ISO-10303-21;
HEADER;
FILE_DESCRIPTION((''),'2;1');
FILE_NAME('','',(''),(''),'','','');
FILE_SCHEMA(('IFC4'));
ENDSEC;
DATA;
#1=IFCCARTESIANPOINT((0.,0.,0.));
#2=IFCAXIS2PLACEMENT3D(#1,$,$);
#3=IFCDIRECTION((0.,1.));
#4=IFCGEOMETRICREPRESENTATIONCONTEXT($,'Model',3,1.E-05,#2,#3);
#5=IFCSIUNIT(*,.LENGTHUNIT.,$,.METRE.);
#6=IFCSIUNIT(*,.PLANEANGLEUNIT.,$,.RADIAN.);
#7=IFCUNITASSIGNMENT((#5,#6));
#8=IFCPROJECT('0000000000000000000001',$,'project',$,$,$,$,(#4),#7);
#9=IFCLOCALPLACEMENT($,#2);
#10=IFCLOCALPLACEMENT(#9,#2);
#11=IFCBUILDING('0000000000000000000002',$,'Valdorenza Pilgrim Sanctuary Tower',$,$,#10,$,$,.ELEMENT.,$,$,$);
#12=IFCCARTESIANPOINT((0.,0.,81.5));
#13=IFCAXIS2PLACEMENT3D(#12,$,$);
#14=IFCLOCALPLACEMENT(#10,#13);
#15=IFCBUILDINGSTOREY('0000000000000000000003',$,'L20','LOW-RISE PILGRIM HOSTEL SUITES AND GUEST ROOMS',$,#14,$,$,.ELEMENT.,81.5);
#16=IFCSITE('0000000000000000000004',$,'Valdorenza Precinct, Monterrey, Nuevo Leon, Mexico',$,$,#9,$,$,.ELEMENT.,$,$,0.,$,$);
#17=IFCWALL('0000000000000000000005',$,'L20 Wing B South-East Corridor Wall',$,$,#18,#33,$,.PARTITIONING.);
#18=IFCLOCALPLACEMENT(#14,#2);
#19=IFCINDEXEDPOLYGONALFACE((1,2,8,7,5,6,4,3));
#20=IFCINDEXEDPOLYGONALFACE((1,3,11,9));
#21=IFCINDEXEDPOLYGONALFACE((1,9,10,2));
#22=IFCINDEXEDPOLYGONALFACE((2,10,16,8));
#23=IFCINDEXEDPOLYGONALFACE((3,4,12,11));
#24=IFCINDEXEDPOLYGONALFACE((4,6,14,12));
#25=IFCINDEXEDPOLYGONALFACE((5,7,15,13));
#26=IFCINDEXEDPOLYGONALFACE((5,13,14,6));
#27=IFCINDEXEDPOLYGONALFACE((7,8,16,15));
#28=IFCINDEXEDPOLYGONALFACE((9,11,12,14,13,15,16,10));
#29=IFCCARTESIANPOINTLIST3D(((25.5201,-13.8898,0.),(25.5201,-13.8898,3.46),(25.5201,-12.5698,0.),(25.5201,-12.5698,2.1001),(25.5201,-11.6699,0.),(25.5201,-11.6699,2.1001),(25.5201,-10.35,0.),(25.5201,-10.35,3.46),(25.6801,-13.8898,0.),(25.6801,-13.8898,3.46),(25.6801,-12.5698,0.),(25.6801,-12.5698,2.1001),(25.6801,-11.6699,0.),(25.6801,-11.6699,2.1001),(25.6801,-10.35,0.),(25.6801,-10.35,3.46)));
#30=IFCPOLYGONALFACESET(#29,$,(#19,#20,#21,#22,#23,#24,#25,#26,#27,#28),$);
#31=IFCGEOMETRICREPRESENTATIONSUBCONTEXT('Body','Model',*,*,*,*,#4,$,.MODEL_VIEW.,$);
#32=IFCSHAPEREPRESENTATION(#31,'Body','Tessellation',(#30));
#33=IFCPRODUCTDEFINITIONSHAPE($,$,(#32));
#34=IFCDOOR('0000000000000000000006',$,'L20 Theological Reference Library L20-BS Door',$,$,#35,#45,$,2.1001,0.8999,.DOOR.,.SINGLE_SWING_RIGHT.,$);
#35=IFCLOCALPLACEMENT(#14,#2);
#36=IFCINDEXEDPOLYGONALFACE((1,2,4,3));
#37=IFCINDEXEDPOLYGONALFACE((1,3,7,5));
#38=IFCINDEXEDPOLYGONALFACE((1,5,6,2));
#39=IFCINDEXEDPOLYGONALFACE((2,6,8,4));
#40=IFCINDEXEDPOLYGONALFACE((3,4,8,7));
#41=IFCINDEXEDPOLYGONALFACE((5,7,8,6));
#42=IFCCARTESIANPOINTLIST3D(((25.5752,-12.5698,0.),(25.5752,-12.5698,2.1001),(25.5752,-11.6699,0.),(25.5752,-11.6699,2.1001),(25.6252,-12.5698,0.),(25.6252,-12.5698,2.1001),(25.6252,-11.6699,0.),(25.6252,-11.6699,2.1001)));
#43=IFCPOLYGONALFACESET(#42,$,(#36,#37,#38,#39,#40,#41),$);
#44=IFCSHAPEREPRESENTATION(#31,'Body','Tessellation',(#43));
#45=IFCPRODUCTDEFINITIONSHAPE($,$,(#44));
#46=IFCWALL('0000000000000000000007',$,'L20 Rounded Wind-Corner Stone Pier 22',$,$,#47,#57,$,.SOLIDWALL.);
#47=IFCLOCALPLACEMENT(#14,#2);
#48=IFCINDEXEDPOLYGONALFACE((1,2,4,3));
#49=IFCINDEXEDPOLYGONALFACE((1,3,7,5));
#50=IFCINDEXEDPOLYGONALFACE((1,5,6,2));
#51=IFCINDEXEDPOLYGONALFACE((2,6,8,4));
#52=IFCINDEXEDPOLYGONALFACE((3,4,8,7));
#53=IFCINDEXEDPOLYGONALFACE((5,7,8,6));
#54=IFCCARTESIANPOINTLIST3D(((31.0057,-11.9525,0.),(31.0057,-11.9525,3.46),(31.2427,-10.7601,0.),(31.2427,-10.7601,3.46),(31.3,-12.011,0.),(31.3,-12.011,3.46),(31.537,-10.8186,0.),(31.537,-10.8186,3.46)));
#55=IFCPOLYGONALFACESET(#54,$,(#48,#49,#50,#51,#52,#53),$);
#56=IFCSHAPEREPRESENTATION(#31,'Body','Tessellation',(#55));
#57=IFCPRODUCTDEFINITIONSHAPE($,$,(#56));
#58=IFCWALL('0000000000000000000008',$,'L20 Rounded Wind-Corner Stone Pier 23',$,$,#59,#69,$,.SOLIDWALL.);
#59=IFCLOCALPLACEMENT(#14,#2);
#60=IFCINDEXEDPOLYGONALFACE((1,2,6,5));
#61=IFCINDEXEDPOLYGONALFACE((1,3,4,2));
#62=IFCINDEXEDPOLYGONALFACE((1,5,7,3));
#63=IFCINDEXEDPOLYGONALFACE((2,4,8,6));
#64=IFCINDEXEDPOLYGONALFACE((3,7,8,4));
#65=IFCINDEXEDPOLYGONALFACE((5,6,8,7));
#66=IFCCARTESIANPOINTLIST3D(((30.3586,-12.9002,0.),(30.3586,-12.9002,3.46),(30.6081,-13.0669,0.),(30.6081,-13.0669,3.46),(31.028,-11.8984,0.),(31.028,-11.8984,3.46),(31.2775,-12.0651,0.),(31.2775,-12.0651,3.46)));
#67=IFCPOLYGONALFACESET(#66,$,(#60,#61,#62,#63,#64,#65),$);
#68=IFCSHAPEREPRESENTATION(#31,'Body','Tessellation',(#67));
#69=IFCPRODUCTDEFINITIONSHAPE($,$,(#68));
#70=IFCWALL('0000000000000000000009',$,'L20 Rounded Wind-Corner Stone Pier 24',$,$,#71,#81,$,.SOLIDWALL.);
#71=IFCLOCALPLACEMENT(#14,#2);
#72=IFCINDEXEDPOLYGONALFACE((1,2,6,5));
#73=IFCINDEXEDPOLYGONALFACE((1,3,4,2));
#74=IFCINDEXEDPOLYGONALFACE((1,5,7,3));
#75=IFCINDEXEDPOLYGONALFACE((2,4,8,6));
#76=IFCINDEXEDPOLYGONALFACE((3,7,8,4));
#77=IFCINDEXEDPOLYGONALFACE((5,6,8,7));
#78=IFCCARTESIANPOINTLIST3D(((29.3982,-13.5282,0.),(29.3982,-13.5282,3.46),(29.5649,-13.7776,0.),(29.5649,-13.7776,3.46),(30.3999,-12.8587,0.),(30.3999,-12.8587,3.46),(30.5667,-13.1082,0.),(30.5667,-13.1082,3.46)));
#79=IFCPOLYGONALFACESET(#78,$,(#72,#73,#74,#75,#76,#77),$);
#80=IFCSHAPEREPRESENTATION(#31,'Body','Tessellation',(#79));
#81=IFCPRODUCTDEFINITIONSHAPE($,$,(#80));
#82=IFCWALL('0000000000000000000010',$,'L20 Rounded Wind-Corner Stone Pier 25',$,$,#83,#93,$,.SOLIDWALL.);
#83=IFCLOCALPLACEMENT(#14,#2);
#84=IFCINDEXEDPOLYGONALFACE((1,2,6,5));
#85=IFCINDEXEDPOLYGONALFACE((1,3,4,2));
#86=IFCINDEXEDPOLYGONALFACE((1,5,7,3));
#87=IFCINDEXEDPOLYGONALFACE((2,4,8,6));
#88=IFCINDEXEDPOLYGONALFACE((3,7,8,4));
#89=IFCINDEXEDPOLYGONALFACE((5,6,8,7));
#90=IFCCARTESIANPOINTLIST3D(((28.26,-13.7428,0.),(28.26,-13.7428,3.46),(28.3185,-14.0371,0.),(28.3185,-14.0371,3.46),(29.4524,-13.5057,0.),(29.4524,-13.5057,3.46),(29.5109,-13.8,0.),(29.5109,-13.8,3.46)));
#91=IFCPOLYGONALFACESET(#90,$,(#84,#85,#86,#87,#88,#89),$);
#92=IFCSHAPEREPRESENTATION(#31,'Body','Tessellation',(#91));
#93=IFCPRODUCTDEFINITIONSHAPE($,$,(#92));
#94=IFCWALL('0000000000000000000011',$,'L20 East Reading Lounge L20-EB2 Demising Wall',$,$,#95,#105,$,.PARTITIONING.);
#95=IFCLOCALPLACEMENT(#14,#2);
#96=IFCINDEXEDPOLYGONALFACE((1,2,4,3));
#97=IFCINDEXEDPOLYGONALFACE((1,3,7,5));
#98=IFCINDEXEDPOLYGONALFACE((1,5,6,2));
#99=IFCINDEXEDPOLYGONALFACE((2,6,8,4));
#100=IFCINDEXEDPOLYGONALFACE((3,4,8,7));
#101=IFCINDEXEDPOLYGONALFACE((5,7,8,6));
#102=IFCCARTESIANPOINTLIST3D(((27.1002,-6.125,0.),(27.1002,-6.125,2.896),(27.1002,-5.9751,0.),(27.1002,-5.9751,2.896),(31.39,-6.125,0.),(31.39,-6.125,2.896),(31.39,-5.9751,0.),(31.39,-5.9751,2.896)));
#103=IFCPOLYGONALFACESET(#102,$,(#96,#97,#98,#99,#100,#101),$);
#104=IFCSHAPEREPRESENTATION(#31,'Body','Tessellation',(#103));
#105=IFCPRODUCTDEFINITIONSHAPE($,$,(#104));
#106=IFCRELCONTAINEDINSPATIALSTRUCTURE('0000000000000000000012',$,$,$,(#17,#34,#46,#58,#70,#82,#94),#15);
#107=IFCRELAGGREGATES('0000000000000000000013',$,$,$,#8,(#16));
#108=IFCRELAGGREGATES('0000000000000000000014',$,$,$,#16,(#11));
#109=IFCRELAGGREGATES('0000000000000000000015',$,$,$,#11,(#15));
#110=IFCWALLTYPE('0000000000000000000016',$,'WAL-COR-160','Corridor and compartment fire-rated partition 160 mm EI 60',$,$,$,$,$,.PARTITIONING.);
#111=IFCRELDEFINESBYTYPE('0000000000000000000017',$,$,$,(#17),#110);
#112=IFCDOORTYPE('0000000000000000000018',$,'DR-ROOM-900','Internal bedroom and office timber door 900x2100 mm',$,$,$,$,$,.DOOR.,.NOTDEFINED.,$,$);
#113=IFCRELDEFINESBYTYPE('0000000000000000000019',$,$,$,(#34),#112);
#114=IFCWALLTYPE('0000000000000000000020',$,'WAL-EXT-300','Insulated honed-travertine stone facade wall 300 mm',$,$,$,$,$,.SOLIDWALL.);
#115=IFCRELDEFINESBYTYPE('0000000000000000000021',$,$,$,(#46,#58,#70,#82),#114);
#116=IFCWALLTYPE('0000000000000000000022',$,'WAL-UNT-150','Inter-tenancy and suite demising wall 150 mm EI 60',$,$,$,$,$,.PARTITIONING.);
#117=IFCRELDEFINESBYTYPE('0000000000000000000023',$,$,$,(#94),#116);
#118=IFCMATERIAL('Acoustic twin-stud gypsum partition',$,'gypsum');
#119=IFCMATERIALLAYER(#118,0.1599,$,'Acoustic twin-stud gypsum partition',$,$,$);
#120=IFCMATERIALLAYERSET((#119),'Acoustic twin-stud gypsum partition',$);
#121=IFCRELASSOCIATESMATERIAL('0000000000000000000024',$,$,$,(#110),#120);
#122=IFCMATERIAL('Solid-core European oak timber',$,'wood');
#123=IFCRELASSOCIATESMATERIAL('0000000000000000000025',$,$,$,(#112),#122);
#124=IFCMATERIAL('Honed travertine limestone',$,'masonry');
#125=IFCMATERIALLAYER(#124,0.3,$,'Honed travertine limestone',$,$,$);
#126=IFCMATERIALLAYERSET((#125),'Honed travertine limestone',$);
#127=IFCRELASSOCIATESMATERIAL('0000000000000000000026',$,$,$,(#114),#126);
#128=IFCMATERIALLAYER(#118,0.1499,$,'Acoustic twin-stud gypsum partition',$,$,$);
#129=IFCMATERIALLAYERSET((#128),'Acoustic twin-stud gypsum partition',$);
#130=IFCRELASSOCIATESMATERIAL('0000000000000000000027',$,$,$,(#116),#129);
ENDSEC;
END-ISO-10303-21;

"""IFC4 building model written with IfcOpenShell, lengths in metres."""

from ifc_helpers import new_model, si_unit, direction, frame, frame_2d, origin, place, context, subcontext, project, spatial, rectangle, extrude, material, layer, layer_set, type_object, element, fill, save


model = new_model("IFC4")

# Units and contexts
model_context = context("Model", 3, precision=1e-05, world=origin(), true_north=direction((0.0, 1.0)))
body_context = subcontext(model_context, "Body", "Model", "MODEL_VIEW")
ifc_project = project(units=[si_unit("LENGTHUNIT", "METRE"), si_unit("PLANEANGLEUNIT", "RADIAN")], contexts=[model_context])

# Site, building, storey
site_placement = place(None, origin())
site = spatial("IfcSite", under=ifc_project, at=site_placement, Name="Valdorenza Precinct, Monterrey, Nuevo Leon, Mexico", CompositionType="ELEMENT", RefElevation=0.0)
building_placement = place(site_placement, origin())
building = spatial("IfcBuilding", under=site, at=building_placement, Name="Valdorenza Pilgrim Sanctuary Tower", CompositionType="ELEMENT")
storey_placement = place(building_placement, frame((0.0, 0.0, 81.5)))
storey = spatial("IfcBuildingStorey", under=building, at=storey_placement, Name="L20", Description="LOW-RISE PILGRIM HOSTEL SUITES AND GUEST ROOMS", CompositionType="ELEMENT", Elevation=81.5)

# Shared definitions
ifc_material_1 = material(Name="Honed travertine limestone", Category="masonry")

# Wall, opening, door
ifc_material_2 = material(Name="Acoustic twin-stud gypsum partition", Category="gypsum")
ifc_layer_1 = layer(ifc_material_2, 0.1599, Name="Acoustic twin-stud gypsum partition")
ifc_layer_set_1 = layer_set([ifc_layer_1], Name="Acoustic twin-stud gypsum partition")
wall_type_1 = type_object("IfcWallType", Name="WAL-COR-160", Description="Corridor and compartment fire-rated partition 160 mm EI 60", PredefinedType="PARTITIONING", material=ifc_layer_set_1)
wall_1_placement = place(storey_placement, frame((25.6001, -13.8899, 0.0), z_axis=(0.0, 0.0, 1.0), x_axis=(0.0, 1.0, 0.0)))
wall_1 = element("IfcWall", 1, at=wall_1_placement, inside=storey, type_object=wall_type_1, Name="L20 Wing B South-East Corridor Wall", PredefinedType="PARTITIONING", context=body_context, shape_type="SweptSolid", body=[
    extrude(rectangle(XDim=3.5398, YDim=0.1599, at=frame_2d((1.77, 0.0))), origin(), (0.0, 0.0, 1.0), 3.46),
])
opening_1_placement = place(wall_1_placement, frame((1.3201, 0.0, 0.0)))
opening_1 = element("IfcOpeningElement", 2, at=opening_1_placement, cuts=wall_1, PredefinedType="OPENING", context=body_context, shape_type="SweptSolid", body=[
    extrude(rectangle(XDim=0.8999, YDim=2.1001, at=frame_2d((0.45, 1.05))), frame((0.0, 0.0947, 0.0), z_axis=(0.0, -1.0, 0.0), x_axis=(1.0, 0.0, 0.0)), (0.0, 0.0, 1.0), 0.1897),
])
ifc_material_3 = material(Name="Solid-core European oak timber", Category="wood")
door_type_1 = type_object("IfcDoorType", Name="DR-ROOM-900", Description="Internal bedroom and office timber door 900x2100 mm", OperationType="NOTDEFINED", PredefinedType="DOOR", material=ifc_material_3)
door_1_placement = place(opening_1_placement, origin())
door_1 = element("IfcDoor", 3, at=door_1_placement, inside=storey, type_object=door_type_1, Name="L20 Theological Reference Library L20-BS Door", OperationType="SINGLE_SWING_RIGHT", OverallHeight=2.1001, OverallWidth=0.8999, PredefinedType="DOOR", context=body_context, shape_type="SweptSolid", body=[
    extrude(rectangle(XDim=0.8999, YDim=2.1001, at=frame_2d((0.45, 1.05))), frame((0.0, 0.0249, 0.0), z_axis=(0.0, -1.0, 0.0), x_axis=(1.0, 0.0, 0.0)), (0.0, 0.0, 1.0), 0.05),
])
fill(opening_1, door_1)

# Walls
ifc_layer_2 = layer(ifc_material_1, 0.3, Name="Honed travertine limestone")
ifc_layer_set_2 = layer_set([ifc_layer_2], Name="Honed travertine limestone")
wall_type_2 = type_object("IfcWallType", Name="WAL-EXT-300", Description="Insulated honed-travertine stone facade wall 300 mm", PredefinedType="SOLIDWALL", material=ifc_layer_set_2)
wall_2_placement = place(storey_placement, frame((31.3899, -10.7893, 0.0), z_axis=(0.0, 0.0, 1.0), x_axis=(-0.194996, -0.980804, 0.0)))
element("IfcWall", 4, at=wall_2_placement, inside=storey, type_object=wall_type_2, Name="L20 Rounded Wind-Corner Stone Pier 22", PredefinedType="SOLIDWALL", context=body_context, shape_type="SweptSolid", body=[
    extrude(rectangle(XDim=1.2158, YDim=0.3, at=frame_2d((0.6079, 0.0))), origin(), (0.0, 0.0, 1.0), 3.46),
])
for number, where, z_axis, x_axis, name in (
    (5, (31.1528, -11.9817, 0.0), (0.0, 0.0, 1.0), (-0.555635, -0.831426, 0.0), "L20 Rounded Wind-Corner Stone Pier 23"),
    (6, (30.4834, -12.9834, 0.0), (0.0, 0.0, 1.0), (-0.831426, -0.555635, 0.0), "L20 Rounded Wind-Corner Stone Pier 24"),
):
    element("IfcWall", number, at=place(storey_placement, frame(where, z_axis=z_axis, x_axis=x_axis)), inside=storey, type_object=wall_type_2, Name=name, PredefinedType="SOLIDWALL", context=body_context, shape_type="SweptSolid", body=[
        extrude(rectangle(XDim=1.2048, YDim=0.3, at=frame_2d((0.6025, 0.0))), origin(), (0.0, 0.0, 1.0), 3.46),
    ])
wall_3_placement = place(storey_placement, frame((29.4817, -13.6528, 0.0), z_axis=(0.0, 0.0, 1.0), x_axis=(-0.980804, -0.194996, 0.0)))
element("IfcWall", 7, at=wall_3_placement, inside=storey, type_object=wall_type_2, Name="L20 Rounded Wind-Corner Stone Pier 25", PredefinedType="SOLIDWALL", context=body_context, shape_type="SweptSolid", body=[
    extrude(rectangle(XDim=1.2158, YDim=0.3, at=frame_2d((0.6079, 0.0))), origin(), (0.0, 0.0, 1.0), 3.46),
])
ifc_layer_3 = layer(ifc_material_2, 0.1499, Name="Acoustic twin-stud gypsum partition")
ifc_layer_set_3 = layer_set([ifc_layer_3], Name="Acoustic twin-stud gypsum partition")
wall_type_3 = type_object("IfcWallType", Name="WAL-UNT-150", Description="Inter-tenancy and suite demising wall 150 mm EI 60", PredefinedType="PARTITIONING", material=ifc_layer_set_3)
wall_4_placement = place(storey_placement, frame((27.1001, -6.05, 0.0), z_axis=(0.0, 0.0, 1.0), x_axis=(1.0, 0.0, 0.0)))
element("IfcWall", 8, at=wall_4_placement, inside=storey, type_object=wall_type_3, Name="L20 East Reading Lounge L20-EB2 Demising Wall", PredefinedType="PARTITIONING", context=body_context, shape_type="SweptSolid", body=[
    extrude(rectangle(XDim=4.2898, YDim=0.1499, at=frame_2d((2.145, 0.0))), origin(), (0.0, 0.0, 1.0), 2.896),
])

save(model, "model.ifc")
